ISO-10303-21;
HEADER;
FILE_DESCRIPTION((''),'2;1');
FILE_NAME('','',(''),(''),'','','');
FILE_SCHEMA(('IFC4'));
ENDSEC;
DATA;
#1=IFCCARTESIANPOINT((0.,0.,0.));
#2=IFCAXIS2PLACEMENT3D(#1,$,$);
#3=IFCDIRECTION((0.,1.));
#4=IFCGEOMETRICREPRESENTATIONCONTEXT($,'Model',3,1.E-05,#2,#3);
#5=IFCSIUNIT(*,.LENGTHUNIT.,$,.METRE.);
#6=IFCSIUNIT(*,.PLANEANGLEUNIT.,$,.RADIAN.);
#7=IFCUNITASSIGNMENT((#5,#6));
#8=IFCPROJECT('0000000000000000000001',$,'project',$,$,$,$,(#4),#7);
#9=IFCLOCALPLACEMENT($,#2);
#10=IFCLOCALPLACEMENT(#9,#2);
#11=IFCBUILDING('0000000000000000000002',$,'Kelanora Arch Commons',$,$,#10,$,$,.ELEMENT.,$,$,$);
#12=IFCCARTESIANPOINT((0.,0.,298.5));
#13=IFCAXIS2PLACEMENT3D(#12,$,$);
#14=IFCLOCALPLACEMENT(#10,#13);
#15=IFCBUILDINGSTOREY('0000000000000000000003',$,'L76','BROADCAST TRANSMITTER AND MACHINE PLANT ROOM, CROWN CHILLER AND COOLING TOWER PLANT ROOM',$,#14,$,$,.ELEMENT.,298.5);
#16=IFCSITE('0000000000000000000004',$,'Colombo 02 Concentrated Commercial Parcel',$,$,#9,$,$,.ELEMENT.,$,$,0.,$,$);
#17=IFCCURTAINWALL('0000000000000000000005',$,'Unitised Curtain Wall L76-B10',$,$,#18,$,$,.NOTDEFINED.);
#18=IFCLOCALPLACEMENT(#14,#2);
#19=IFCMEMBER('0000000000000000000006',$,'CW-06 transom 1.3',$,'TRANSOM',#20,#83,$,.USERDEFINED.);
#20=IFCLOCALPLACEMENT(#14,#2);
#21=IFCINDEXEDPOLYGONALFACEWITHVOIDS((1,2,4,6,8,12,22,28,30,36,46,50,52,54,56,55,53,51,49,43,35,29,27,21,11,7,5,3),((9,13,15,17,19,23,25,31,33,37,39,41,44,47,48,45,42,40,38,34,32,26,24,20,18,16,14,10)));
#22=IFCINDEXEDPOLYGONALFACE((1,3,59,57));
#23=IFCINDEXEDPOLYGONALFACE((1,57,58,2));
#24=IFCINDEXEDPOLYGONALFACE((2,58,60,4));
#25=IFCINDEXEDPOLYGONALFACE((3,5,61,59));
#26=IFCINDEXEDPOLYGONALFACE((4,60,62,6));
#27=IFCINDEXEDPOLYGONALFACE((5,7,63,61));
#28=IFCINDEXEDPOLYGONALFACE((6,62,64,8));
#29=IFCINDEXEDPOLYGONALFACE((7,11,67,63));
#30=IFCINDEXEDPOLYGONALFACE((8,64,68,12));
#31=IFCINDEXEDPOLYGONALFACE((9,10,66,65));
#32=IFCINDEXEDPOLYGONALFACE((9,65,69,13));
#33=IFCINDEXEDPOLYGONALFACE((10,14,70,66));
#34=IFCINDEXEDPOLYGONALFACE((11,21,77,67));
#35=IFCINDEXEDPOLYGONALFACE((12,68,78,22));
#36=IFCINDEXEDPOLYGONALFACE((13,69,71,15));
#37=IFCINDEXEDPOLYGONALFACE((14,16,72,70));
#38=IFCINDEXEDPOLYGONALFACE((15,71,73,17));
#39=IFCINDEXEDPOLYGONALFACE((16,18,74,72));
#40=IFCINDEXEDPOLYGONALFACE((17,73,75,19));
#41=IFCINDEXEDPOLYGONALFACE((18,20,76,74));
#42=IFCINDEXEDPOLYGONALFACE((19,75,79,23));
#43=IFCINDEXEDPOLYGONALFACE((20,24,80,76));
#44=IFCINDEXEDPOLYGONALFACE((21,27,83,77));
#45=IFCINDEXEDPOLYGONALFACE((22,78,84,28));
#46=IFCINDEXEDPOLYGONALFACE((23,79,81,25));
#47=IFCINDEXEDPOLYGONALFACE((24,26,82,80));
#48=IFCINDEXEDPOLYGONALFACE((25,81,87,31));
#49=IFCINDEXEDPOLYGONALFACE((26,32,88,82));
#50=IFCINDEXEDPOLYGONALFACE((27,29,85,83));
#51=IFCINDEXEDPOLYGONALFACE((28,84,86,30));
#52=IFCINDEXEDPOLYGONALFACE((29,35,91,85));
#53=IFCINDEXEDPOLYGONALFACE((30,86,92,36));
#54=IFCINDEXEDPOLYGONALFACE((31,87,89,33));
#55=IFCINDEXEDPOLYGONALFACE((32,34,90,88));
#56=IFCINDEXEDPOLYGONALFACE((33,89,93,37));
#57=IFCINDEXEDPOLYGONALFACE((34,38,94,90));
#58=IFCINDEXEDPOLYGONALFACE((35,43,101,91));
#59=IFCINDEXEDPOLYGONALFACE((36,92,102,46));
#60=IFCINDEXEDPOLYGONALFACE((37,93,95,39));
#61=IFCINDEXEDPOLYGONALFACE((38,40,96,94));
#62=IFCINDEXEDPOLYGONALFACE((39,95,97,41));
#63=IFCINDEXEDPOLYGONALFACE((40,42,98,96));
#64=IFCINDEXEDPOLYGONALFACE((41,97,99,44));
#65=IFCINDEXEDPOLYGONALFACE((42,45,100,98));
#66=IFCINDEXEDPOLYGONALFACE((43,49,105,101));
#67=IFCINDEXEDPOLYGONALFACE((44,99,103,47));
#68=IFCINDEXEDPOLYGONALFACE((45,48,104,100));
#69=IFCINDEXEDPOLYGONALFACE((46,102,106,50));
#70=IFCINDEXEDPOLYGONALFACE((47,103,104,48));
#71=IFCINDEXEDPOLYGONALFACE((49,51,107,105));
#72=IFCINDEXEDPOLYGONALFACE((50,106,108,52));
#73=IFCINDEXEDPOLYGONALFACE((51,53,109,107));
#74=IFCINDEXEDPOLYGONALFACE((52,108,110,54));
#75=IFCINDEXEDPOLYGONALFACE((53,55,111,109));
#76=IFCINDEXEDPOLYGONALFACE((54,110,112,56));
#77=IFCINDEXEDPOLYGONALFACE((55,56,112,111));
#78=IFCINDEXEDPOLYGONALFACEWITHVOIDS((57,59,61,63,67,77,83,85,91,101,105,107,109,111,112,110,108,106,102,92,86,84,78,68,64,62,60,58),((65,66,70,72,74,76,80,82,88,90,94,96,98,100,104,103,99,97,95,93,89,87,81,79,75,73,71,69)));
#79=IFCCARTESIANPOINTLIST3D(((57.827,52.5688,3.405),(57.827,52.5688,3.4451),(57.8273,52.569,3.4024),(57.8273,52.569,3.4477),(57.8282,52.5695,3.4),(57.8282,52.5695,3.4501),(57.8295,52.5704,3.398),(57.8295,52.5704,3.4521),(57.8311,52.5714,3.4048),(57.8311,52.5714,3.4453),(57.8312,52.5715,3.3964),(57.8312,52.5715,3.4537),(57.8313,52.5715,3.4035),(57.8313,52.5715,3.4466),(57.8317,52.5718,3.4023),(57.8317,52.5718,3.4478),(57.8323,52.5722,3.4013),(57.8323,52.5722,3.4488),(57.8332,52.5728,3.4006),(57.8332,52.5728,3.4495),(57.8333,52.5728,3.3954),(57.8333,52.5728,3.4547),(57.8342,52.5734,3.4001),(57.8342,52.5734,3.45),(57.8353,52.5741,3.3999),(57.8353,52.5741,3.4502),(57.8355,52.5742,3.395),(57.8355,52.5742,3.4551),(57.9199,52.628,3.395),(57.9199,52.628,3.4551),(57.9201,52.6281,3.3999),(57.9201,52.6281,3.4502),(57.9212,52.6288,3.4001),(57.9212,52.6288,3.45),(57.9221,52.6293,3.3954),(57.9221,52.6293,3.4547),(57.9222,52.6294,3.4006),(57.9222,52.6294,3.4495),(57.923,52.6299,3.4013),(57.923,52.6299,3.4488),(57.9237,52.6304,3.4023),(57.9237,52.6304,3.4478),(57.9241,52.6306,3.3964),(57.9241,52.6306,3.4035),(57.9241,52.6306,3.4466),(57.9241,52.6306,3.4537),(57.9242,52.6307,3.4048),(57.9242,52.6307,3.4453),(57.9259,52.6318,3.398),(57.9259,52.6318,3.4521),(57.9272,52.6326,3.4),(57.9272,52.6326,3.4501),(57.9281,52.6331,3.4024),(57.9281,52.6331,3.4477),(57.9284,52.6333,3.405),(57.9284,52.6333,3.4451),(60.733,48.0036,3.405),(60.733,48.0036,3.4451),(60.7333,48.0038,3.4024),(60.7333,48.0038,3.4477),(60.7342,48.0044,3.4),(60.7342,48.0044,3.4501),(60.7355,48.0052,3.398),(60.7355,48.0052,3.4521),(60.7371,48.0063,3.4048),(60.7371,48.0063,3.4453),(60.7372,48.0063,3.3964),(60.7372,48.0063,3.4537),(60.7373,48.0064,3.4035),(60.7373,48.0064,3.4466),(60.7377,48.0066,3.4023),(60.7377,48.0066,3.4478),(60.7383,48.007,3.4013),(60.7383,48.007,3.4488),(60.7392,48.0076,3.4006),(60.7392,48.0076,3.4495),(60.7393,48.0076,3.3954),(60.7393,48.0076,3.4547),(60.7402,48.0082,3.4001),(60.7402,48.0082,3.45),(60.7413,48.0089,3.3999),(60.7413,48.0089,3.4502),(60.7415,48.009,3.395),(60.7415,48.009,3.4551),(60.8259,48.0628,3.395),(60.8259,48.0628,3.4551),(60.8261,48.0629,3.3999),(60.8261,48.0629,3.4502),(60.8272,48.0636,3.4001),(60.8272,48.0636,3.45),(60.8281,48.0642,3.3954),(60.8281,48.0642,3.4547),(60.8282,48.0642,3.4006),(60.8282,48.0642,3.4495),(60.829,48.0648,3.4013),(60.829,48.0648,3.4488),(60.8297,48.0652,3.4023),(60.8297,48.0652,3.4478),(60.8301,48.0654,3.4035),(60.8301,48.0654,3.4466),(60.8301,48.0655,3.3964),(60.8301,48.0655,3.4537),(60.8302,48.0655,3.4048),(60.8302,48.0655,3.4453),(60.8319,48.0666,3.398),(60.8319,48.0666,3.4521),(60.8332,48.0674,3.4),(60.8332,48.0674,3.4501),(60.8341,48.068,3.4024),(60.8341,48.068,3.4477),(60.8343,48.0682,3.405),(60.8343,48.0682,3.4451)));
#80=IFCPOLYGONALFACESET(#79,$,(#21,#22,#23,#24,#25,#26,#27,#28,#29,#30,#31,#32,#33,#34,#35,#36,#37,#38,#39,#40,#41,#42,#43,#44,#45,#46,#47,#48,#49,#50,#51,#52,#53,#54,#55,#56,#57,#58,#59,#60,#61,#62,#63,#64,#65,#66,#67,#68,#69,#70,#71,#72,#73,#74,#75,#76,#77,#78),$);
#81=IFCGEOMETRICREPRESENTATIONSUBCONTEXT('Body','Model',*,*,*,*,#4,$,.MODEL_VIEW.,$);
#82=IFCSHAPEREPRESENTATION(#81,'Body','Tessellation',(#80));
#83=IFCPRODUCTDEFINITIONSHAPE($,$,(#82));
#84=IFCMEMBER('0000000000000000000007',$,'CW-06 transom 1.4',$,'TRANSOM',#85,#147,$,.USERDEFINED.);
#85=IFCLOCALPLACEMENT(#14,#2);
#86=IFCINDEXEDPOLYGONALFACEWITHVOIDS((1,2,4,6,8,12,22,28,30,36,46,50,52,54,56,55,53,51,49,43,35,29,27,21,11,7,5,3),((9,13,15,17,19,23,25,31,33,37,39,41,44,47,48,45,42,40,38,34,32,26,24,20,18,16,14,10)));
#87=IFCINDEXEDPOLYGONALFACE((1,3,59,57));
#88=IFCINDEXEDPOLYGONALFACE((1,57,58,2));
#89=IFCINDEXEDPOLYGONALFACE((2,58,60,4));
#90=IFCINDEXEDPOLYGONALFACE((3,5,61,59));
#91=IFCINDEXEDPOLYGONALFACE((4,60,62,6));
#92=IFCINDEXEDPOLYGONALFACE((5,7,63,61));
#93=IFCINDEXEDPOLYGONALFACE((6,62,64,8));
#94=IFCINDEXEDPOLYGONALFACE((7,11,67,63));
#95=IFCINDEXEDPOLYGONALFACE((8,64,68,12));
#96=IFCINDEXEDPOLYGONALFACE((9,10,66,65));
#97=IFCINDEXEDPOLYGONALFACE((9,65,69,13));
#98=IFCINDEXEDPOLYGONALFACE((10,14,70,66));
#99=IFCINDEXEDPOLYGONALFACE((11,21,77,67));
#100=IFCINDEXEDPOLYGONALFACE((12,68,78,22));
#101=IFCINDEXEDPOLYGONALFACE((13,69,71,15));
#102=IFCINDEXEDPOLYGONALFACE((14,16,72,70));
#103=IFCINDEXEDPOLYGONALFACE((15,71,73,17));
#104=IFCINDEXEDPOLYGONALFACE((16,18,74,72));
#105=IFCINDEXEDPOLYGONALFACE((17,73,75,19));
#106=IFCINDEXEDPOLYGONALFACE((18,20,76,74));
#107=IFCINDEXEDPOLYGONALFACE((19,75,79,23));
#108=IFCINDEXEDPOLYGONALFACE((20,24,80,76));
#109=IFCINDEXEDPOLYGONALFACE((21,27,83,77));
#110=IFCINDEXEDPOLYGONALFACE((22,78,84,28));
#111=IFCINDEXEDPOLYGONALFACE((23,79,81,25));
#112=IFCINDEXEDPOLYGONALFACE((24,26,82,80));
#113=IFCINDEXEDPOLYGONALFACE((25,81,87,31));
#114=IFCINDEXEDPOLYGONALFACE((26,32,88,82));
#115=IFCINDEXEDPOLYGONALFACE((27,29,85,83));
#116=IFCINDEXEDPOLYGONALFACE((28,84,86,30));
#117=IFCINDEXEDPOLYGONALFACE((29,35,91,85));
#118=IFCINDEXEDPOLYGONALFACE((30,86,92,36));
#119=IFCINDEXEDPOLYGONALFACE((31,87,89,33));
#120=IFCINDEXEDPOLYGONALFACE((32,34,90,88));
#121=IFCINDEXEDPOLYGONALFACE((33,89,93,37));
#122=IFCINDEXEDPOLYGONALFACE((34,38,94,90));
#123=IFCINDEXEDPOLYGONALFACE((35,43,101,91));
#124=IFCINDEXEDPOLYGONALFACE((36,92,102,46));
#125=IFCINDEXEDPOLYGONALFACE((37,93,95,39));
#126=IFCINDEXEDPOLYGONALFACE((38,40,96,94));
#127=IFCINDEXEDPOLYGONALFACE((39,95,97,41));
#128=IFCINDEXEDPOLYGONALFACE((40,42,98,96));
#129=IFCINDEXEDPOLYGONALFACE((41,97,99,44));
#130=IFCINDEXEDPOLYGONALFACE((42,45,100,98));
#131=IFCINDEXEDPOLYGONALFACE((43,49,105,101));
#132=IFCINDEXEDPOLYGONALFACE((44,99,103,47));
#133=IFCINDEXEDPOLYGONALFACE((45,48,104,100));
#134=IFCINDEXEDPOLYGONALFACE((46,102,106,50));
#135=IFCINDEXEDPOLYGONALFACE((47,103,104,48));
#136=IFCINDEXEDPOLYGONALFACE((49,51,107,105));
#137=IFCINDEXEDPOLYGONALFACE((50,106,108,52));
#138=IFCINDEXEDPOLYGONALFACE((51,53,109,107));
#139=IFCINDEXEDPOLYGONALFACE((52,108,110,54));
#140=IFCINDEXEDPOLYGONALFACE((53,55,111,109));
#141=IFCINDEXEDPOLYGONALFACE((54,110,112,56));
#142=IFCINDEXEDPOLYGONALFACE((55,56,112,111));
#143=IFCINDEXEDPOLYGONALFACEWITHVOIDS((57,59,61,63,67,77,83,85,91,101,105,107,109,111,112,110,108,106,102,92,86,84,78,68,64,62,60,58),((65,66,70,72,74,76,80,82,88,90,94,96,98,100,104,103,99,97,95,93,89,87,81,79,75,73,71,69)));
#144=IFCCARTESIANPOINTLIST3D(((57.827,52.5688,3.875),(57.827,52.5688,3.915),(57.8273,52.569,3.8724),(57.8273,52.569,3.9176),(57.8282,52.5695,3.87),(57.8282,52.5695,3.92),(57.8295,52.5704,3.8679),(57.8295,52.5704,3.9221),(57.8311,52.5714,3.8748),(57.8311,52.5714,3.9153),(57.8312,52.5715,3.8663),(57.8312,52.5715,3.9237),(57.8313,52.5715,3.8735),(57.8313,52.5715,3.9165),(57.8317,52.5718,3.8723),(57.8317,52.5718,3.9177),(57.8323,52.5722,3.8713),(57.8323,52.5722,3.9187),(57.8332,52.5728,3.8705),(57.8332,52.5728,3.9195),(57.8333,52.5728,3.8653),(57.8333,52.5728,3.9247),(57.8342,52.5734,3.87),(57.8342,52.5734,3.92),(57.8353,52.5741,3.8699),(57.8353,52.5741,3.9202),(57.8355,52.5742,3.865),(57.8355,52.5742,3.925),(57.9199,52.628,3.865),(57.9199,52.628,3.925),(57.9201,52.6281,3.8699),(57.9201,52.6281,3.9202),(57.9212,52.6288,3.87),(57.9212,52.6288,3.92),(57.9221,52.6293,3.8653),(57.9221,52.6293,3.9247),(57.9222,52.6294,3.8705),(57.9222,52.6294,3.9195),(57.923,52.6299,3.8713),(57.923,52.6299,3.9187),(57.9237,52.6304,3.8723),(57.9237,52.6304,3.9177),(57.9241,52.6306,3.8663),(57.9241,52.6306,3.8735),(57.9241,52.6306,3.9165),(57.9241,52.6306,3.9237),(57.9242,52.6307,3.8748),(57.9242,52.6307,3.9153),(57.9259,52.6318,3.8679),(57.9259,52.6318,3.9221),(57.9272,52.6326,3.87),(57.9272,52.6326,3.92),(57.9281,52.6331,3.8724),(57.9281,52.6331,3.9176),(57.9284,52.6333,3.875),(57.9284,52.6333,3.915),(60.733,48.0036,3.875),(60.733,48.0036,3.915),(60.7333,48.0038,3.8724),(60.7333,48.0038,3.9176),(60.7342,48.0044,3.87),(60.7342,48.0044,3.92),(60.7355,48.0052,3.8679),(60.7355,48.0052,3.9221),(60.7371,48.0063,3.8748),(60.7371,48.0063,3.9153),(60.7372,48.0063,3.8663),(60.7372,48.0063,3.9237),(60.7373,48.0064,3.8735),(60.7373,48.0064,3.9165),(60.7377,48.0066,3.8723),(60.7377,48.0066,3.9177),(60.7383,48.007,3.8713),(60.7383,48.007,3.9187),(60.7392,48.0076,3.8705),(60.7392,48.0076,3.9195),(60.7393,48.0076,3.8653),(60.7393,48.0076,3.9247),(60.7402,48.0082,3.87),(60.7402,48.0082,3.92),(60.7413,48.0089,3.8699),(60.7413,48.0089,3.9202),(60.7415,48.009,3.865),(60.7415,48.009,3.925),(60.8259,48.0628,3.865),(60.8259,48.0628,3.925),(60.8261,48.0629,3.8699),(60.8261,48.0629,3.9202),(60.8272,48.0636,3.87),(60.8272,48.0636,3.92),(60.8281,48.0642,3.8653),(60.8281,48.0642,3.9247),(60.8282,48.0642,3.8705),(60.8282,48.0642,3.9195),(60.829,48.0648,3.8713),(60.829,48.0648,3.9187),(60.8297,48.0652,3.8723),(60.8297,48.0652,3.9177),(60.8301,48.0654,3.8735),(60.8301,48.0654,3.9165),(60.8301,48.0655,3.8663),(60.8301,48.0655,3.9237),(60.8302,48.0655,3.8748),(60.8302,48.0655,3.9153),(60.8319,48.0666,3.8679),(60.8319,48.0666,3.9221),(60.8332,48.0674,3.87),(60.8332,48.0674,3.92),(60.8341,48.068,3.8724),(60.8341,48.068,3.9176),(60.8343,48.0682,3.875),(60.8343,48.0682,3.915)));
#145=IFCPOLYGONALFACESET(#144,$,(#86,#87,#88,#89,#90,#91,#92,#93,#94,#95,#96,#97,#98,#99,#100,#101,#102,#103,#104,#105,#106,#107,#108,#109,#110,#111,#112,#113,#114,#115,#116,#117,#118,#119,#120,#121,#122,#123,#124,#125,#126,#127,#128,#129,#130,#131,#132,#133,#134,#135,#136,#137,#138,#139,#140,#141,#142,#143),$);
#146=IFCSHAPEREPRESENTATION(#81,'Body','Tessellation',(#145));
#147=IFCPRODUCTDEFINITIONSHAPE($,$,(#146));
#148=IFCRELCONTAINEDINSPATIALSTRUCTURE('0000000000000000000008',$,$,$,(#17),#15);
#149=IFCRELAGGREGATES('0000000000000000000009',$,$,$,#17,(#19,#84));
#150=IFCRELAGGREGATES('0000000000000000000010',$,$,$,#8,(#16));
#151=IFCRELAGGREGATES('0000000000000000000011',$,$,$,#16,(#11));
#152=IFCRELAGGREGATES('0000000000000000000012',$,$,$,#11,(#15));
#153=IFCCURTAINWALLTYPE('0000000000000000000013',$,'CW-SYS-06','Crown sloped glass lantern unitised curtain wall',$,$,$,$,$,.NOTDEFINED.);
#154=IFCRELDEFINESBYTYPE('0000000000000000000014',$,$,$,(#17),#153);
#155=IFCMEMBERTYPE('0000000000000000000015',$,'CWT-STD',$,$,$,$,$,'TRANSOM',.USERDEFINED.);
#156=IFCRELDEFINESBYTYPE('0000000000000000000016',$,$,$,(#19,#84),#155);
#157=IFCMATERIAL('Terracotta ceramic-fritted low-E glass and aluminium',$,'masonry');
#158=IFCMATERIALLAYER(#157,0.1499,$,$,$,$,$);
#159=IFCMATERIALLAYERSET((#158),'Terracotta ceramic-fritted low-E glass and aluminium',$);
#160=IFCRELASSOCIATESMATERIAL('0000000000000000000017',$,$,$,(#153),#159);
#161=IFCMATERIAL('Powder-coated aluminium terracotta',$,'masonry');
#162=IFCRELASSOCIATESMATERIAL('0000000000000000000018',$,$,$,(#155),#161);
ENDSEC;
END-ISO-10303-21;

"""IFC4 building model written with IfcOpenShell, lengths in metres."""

from ifc_helpers import new_model, si_unit, direction, frame, origin, origin_2d, place, context, subcontext, project, spatial, hollow_rectangle, extrude, material, layer, layer_set, material_profile, profile_set, type_object, element, aggregate, save


model = new_model("IFC4")

# Units and contexts
model_context = context("Model", 3, precision=1e-05, world=origin(), true_north=direction((0.0, 1.0)))
body_context = subcontext(model_context, "Body", "Model", "MODEL_VIEW")
ifc_project = project(units=[si_unit("LENGTHUNIT", "METRE"), si_unit("PLANEANGLEUNIT", "RADIAN")], contexts=[model_context])

# Site, building, storey
site_placement = place(None, origin())
site = spatial("IfcSite", under=ifc_project, at=site_placement, Name="Colombo 02 Concentrated Commercial Parcel", CompositionType="ELEMENT", RefElevation=0.0)
building_placement = place(site_placement, origin())
building = spatial("IfcBuilding", under=site, at=building_placement, Name="Kelanora Arch Commons", CompositionType="ELEMENT")
storey_placement = place(building_placement, frame((0.0, 0.0, 298.5)))
storey = spatial("IfcBuildingStorey", under=building, at=storey_placement, Name="L76", Description="BROADCAST TRANSMITTER AND MACHINE PLANT ROOM, CROWN CHILLER AND COOLING TOWER PLANT ROOM", CompositionType="ELEMENT", Elevation=298.5)

# Shared definitions
ifc_material_1 = material(Name="Terracotta ceramic-fritted low-E glass and aluminium", Category="masonry")
ifc_layer_1 = layer(ifc_material_1, 0.1499)
ifc_layer_set_1 = layer_set([ifc_layer_1], Name="Terracotta ceramic-fritted low-E glass and aluminium")
curtain_wall_type = type_object("IfcCurtainWallType", Name="CW-SYS-06", Description="Crown sloped glass lantern unitised curtain wall", PredefinedType="NOTDEFINED", material=ifc_layer_set_1)
ifc_material_2 = material(Name="Powder-coated aluminium terracotta", Category="masonry")

# Curtain wall
curtain_wall_1_placement = place(storey_placement, origin())
curtain_wall_1 = element("IfcCurtainWall", 1, at=curtain_wall_1_placement, inside=storey, type_object=curtain_wall_type, Name="Unitised Curtain Wall L76-B10", PredefinedType="NOTDEFINED")

# Members
ifc_material_profile_1 = material_profile(ifc_material_2, hollow_rectangle(XDim=0.1201, YDim=0.0601, WallThickness=0.0049, InnerFilletRadius=0.0049, OuterFilletRadius=0.01, at=origin_2d()), Name="CWT120x60")
ifc_profile_set_1 = profile_set([ifc_material_profile_1], Name="Powder-coated aluminium terracotta")
member_type_1 = type_object("IfcMemberType", Name="CWT-STD", ElementType="TRANSOM", PredefinedType="USERDEFINED", material=ifc_profile_set_1)
member_1_placement = place(storey_placement, frame((57.8777, 52.6011, 3.425), z_axis=(0.536992, -0.843587, 0.0), x_axis=(0.843587, 0.536992, 0.0)))
member_1 = element("IfcMember", 2, at=member_1_placement, type_object=member_type_1, Name="CW-06 transom 1.3", ObjectType="TRANSOM", PredefinedType="USERDEFINED", context=body_context, shape_type="SweptSolid", body=[
    extrude(hollow_rectangle(XDim=0.1201, YDim=0.0601, WallThickness=0.0049, InnerFilletRadius=0.0049, OuterFilletRadius=0.01, at=origin_2d()), origin(), (0.0, 0.0, 1.0), 5.4116),
])
member_2_placement = place(storey_placement, frame((57.8777, 52.6011, 3.895), z_axis=(0.536992, -0.843587, 0.0), x_axis=(0.843587, 0.536992, 0.0)))
member_2 = element("IfcMember", 3, at=member_2_placement, type_object=member_type_1, Name="CW-06 transom 1.4", ObjectType="TRANSOM", PredefinedType="USERDEFINED", context=body_context, shape_type="SweptSolid", body=[
    extrude(hollow_rectangle(XDim=0.1201, YDim=0.0601, WallThickness=0.0049, InnerFilletRadius=0.0049, OuterFilletRadius=0.01, at=origin_2d()), origin(), (0.0, 0.0, 1.0), 5.4116),
])
aggregate(curtain_wall_1, [member_1, member_2])

save(model, "model.ifc")
